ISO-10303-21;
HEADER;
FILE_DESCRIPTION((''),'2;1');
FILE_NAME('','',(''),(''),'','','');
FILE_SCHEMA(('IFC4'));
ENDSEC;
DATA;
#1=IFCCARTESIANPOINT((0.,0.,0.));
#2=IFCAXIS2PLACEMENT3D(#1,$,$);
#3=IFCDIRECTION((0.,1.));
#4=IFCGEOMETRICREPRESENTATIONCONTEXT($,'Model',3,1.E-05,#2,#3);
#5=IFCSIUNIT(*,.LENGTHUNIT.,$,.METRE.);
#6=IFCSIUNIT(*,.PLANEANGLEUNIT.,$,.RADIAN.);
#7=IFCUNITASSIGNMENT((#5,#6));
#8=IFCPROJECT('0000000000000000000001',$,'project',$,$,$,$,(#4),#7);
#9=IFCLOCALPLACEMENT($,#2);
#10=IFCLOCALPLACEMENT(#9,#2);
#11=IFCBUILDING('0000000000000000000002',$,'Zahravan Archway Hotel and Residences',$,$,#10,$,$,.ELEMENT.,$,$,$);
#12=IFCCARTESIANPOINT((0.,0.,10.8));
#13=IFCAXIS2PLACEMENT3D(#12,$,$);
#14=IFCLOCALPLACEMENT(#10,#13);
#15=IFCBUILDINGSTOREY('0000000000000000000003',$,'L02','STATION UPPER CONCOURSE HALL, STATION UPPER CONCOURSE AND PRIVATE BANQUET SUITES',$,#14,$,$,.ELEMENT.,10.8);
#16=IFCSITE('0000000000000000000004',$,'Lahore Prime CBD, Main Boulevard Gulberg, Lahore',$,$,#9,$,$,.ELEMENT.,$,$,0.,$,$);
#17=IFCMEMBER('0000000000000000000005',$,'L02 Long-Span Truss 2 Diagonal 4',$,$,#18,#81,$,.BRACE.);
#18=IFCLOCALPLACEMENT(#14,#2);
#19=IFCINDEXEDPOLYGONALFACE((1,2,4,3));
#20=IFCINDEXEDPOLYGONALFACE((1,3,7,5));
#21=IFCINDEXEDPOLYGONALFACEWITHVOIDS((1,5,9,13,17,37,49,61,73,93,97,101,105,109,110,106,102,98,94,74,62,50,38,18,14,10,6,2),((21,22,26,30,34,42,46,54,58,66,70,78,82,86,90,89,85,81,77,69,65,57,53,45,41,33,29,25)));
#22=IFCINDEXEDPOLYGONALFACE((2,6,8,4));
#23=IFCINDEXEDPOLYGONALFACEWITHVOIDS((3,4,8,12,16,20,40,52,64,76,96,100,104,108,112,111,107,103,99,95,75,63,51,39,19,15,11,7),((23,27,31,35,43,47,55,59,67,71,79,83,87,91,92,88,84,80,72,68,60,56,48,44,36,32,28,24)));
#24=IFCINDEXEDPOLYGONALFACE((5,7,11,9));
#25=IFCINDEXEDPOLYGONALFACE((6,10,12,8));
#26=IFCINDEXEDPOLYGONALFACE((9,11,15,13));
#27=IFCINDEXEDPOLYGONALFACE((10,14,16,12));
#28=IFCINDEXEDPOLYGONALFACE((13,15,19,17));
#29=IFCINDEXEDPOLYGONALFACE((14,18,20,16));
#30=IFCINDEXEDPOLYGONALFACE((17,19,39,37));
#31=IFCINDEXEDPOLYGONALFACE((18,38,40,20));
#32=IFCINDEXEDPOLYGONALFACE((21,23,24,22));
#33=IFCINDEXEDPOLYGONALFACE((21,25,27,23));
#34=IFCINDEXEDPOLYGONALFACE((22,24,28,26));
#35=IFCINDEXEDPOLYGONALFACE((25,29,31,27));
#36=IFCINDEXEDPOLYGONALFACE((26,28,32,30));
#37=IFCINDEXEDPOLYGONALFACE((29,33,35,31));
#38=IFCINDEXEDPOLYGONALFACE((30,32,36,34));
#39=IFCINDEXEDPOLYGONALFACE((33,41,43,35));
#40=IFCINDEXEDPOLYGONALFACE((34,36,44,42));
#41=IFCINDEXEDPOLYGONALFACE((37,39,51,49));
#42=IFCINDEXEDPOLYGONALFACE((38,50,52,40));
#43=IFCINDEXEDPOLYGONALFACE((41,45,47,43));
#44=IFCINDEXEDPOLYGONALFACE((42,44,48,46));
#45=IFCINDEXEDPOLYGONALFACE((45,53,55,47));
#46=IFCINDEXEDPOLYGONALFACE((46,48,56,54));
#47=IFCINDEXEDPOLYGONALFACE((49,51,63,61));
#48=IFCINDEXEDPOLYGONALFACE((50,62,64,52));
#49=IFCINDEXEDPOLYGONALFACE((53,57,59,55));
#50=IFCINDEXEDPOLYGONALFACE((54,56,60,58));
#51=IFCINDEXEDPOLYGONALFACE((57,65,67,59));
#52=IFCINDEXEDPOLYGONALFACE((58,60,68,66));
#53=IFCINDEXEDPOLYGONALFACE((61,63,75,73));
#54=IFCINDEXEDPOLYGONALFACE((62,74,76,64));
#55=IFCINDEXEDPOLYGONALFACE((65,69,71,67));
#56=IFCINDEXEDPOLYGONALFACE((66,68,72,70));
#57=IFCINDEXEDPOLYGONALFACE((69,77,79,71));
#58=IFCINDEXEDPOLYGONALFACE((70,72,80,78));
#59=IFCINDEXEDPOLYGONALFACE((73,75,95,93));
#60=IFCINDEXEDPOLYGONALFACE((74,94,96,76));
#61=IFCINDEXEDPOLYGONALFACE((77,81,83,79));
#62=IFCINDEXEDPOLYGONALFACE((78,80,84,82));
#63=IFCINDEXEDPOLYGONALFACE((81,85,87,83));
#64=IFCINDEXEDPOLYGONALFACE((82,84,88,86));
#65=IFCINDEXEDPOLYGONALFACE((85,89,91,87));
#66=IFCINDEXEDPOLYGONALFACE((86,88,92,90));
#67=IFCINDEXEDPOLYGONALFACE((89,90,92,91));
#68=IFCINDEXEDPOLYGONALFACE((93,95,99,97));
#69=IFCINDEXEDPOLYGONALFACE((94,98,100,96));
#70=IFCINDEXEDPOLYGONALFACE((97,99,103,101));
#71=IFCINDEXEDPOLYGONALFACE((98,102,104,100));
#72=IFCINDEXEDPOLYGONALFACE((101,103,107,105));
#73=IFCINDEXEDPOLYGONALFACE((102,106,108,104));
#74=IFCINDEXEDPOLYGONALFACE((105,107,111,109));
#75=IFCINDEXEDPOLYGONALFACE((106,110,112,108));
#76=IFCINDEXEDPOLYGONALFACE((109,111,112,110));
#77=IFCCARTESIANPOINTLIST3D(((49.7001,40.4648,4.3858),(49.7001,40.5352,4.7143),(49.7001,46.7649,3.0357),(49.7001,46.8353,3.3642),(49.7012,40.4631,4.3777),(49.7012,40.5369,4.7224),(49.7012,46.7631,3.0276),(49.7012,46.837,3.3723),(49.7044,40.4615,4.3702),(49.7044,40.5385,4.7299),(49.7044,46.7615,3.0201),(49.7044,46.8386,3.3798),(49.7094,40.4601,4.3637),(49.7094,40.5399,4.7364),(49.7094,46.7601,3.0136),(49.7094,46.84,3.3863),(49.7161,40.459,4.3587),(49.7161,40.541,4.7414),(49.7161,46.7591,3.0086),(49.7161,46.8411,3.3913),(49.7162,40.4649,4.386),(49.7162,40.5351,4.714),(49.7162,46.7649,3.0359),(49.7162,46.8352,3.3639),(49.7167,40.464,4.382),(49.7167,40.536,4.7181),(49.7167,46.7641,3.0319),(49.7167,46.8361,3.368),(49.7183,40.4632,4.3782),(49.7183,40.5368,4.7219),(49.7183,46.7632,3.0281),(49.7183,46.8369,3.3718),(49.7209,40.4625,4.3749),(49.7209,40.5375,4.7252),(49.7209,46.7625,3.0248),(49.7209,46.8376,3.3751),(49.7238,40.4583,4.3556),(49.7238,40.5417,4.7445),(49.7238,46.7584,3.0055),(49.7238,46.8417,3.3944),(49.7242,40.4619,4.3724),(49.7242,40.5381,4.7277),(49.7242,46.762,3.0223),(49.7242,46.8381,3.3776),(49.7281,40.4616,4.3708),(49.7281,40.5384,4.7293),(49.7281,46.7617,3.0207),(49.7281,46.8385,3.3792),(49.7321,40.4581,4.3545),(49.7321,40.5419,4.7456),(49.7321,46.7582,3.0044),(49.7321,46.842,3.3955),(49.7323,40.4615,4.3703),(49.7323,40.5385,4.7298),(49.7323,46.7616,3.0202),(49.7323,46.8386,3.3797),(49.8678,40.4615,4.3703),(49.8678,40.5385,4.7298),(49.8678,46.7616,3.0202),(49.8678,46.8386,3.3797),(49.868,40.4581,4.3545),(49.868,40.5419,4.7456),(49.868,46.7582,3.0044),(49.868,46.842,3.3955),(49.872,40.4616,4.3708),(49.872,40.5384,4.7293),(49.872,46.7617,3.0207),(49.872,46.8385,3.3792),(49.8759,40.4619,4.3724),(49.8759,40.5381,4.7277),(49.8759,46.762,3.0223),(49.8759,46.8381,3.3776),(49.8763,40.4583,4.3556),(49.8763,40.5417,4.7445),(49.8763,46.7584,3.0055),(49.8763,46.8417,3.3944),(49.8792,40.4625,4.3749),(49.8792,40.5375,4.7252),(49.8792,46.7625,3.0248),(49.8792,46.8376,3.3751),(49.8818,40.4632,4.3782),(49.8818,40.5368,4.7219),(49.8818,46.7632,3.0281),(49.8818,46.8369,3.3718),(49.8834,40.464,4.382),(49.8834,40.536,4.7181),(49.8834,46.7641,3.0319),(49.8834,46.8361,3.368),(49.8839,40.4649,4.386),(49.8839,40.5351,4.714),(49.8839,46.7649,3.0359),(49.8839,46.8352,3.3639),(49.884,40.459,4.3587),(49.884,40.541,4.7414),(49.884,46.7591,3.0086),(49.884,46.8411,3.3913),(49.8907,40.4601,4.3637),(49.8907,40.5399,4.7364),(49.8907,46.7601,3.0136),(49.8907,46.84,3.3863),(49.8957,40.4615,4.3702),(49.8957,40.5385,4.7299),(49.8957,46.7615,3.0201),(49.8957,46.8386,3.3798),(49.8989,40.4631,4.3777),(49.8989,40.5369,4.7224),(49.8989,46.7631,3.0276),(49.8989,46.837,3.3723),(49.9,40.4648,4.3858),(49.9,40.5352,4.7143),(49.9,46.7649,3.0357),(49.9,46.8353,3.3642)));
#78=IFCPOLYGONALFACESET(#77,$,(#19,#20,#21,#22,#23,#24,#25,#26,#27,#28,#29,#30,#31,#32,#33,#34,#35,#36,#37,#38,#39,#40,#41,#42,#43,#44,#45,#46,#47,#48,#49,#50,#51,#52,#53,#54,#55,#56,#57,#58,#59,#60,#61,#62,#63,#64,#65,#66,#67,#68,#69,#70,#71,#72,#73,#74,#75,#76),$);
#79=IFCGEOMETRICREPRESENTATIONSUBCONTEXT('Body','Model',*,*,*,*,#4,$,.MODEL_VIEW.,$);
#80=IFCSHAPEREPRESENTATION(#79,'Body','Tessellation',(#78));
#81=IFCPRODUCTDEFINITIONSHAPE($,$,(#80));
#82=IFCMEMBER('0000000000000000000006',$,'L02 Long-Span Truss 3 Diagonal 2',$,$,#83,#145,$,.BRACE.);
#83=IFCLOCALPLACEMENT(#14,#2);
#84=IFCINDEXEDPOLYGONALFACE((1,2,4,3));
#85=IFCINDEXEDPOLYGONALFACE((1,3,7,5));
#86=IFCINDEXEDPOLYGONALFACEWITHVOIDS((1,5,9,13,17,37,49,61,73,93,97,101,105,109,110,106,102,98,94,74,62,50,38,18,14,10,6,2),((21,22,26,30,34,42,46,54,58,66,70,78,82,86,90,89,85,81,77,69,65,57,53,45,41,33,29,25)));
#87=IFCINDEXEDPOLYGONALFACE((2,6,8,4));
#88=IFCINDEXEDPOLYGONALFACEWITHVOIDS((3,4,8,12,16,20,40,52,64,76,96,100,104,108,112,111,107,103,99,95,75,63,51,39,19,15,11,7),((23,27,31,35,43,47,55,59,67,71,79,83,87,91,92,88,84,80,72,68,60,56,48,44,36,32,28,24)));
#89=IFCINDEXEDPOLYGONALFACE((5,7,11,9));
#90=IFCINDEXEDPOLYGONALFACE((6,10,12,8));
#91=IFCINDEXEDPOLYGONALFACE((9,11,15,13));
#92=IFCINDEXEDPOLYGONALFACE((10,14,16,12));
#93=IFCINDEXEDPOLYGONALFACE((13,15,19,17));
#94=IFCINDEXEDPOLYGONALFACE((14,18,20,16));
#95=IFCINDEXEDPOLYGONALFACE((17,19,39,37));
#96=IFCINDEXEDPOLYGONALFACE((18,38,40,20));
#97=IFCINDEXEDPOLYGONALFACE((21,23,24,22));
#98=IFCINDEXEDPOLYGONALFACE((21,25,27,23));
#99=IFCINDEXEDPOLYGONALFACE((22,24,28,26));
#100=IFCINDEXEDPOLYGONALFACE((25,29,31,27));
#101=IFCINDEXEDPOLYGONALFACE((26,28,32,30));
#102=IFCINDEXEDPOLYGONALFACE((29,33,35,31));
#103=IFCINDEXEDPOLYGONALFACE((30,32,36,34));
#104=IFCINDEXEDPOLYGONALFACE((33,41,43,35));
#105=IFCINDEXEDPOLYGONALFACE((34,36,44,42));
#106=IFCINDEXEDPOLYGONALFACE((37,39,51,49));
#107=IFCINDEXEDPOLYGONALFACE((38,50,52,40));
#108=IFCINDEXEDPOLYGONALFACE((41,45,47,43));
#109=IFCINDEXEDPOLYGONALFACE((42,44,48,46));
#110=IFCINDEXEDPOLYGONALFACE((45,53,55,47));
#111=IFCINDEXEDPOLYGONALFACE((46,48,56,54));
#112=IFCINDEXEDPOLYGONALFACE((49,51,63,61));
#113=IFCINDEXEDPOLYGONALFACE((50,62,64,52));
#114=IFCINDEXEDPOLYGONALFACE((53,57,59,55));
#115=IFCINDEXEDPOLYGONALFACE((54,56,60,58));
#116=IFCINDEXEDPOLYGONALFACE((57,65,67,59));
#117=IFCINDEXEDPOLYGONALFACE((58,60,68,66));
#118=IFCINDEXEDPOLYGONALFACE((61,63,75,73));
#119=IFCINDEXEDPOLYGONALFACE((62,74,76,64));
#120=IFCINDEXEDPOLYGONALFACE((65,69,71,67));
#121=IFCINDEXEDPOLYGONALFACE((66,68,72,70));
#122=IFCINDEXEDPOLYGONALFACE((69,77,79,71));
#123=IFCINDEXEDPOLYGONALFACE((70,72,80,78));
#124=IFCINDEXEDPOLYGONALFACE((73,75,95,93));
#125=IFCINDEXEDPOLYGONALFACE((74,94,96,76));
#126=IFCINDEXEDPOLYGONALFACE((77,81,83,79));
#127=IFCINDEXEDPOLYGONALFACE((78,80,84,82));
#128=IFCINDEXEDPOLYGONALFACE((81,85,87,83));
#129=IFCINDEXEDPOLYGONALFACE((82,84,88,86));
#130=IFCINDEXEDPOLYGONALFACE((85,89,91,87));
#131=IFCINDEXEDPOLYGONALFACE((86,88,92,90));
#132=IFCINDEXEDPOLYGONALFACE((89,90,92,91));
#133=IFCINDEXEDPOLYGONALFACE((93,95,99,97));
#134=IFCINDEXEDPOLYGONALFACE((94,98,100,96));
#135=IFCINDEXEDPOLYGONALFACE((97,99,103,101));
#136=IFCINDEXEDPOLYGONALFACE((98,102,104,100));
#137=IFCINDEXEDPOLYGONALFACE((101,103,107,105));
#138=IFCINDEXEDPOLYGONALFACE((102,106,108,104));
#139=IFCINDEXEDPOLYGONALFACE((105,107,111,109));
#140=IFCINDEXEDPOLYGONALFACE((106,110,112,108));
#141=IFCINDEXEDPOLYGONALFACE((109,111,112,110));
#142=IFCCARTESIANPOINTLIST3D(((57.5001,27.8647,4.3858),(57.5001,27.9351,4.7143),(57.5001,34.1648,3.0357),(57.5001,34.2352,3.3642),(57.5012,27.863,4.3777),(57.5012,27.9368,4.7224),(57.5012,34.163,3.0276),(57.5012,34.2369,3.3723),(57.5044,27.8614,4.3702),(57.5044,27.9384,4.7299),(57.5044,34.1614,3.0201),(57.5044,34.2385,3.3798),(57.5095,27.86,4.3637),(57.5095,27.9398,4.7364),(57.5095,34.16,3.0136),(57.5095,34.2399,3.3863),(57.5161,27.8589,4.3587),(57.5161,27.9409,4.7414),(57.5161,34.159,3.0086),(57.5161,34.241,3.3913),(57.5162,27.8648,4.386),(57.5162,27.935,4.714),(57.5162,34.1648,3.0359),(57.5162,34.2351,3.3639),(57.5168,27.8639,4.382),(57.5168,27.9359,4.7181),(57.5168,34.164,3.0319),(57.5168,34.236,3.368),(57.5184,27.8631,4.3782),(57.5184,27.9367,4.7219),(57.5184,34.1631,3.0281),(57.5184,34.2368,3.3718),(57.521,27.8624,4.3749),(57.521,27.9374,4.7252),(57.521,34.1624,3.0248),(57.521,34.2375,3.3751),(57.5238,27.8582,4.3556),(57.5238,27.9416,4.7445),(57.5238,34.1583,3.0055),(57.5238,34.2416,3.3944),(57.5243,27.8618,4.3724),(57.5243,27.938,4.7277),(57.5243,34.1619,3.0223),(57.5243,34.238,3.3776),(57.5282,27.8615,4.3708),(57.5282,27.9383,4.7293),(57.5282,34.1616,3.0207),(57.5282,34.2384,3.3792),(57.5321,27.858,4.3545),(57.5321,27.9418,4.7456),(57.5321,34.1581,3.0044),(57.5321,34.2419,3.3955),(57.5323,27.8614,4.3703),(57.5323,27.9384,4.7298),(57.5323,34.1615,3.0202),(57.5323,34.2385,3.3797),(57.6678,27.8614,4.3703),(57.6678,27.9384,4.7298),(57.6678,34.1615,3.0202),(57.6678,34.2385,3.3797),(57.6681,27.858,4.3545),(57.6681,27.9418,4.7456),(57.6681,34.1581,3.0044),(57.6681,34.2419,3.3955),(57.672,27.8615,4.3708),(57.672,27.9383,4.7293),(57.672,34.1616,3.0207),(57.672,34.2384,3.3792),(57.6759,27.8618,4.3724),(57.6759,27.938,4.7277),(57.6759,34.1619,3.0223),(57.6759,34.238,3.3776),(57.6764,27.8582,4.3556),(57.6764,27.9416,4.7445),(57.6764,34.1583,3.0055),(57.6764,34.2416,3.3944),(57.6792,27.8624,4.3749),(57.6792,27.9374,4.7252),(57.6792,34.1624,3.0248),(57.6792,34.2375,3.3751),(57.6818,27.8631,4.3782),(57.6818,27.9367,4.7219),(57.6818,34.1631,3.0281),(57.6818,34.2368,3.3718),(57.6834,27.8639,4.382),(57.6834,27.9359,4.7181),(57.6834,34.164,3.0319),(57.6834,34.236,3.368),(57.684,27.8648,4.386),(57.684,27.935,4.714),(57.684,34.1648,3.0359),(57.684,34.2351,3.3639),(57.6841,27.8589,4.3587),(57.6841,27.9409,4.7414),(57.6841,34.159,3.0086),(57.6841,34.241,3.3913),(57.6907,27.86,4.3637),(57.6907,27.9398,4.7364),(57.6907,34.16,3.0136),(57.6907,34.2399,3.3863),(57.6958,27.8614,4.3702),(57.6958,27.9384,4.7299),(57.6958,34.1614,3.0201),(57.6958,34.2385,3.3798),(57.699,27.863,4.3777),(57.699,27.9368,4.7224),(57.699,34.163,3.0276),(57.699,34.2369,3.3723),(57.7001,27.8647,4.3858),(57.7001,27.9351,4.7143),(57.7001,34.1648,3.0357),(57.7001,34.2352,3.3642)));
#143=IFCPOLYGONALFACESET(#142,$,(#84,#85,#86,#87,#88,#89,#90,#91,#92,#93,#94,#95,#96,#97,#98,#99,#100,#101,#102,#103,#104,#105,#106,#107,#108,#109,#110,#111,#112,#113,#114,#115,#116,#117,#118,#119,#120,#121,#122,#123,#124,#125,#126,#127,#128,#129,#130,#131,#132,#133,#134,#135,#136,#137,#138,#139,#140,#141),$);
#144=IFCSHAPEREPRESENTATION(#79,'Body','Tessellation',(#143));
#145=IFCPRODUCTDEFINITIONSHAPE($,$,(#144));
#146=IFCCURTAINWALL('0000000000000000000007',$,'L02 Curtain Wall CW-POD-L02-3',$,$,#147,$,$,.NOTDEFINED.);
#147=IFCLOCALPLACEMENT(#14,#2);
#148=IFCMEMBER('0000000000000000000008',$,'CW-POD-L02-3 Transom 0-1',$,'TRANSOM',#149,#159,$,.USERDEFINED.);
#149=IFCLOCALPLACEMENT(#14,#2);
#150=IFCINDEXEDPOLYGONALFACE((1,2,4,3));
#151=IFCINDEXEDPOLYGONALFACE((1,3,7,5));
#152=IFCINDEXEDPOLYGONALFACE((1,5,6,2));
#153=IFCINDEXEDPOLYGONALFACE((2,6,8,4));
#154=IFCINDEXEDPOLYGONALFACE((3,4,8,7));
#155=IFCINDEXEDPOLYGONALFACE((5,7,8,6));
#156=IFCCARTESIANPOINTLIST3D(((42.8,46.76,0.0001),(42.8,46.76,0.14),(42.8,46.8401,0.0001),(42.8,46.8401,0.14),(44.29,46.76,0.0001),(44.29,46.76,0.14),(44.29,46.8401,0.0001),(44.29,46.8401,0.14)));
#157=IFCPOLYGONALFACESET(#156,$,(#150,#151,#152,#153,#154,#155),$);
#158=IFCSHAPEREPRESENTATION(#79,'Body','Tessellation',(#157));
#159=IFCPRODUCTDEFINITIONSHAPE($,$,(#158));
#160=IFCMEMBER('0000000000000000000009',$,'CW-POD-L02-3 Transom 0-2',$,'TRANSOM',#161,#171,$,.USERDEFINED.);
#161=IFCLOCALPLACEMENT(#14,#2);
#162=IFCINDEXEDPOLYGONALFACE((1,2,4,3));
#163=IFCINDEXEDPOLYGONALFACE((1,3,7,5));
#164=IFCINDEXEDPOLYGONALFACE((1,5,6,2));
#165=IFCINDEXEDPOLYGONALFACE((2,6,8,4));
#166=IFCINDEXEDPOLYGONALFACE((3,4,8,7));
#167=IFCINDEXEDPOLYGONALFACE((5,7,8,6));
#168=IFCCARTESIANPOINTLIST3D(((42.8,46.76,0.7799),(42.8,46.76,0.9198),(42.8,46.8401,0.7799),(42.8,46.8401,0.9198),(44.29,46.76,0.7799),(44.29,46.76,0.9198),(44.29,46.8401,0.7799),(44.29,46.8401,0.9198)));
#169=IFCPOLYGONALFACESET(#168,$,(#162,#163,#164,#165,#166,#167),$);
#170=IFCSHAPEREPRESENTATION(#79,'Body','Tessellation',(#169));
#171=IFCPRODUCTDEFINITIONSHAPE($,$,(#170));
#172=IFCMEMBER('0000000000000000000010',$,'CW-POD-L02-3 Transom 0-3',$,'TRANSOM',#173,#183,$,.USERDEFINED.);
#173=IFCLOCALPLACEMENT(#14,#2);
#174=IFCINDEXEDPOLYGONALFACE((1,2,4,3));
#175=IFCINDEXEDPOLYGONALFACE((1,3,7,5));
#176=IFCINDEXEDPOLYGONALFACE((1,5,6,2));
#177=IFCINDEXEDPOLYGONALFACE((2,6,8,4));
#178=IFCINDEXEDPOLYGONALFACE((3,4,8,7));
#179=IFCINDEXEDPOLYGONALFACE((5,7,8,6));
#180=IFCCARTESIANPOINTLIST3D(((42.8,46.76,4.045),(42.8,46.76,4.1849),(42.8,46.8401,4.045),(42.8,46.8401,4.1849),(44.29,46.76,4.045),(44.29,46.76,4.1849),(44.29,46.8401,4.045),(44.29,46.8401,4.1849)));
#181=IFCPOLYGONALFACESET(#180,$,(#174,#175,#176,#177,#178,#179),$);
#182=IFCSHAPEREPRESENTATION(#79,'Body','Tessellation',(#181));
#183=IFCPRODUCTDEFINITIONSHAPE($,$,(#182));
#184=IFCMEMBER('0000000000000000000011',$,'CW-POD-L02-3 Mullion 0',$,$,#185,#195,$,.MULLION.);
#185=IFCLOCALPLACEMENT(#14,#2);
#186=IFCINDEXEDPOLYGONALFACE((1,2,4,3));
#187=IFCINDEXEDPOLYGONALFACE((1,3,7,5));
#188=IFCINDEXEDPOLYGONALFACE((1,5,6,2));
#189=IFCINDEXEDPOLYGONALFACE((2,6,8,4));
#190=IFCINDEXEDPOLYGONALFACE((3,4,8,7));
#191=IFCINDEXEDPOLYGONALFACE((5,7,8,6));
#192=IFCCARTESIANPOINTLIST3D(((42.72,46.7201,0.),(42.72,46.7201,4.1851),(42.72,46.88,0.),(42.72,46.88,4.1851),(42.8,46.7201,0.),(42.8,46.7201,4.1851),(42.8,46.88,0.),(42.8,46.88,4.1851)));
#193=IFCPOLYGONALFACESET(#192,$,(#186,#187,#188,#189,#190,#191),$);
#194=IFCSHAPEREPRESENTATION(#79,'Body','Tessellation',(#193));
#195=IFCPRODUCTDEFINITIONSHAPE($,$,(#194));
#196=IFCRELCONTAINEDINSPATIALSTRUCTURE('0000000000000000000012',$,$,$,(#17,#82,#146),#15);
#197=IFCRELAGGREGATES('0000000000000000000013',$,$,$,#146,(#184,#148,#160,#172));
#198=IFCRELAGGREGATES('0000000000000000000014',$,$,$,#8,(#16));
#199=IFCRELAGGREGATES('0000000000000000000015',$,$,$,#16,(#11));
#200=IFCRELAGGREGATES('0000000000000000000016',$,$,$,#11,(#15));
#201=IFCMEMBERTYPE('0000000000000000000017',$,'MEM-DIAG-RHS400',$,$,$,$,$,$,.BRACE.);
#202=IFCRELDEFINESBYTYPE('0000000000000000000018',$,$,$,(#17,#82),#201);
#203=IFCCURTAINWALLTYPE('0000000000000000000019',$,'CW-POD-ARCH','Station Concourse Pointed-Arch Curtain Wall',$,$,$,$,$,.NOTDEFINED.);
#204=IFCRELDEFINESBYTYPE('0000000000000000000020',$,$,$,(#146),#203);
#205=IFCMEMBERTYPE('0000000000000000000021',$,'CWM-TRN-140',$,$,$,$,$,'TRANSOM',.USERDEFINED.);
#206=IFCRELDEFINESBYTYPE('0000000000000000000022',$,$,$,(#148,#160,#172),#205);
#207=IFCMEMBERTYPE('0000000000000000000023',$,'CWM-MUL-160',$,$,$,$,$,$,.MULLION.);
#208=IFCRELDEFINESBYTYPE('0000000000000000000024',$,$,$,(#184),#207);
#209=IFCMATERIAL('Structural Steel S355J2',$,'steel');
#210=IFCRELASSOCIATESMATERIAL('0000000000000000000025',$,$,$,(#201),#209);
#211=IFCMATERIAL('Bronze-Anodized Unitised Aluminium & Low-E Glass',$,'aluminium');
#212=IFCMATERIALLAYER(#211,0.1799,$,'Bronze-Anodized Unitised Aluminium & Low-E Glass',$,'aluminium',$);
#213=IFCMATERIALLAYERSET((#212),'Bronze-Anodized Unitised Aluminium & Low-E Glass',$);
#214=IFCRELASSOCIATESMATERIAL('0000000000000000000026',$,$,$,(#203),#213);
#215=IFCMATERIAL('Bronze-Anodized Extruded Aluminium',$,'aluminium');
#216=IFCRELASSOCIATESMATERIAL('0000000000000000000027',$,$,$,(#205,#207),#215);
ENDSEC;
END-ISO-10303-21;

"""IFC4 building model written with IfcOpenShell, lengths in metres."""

from ifc_helpers import new_model, si_unit, direction, frame, origin, origin_2d, place, context, subcontext, project, spatial, rectangle, hollow_rectangle, extrude, source, transform, mapped, material, layer, layer_set, material_profile, profile_set, type_object, element, aggregate, save


model = new_model("IFC4")

# Units and contexts
model_context = context("Model", 3, precision=1e-05, world=origin(), true_north=direction((0.0, 1.0)))
body_context = subcontext(model_context, "Body", "Model", "MODEL_VIEW")
ifc_project = project(units=[si_unit("LENGTHUNIT", "METRE"), si_unit("PLANEANGLEUNIT", "RADIAN")], contexts=[model_context])

# Site, building, storey
site_placement = place(None, origin())
site = spatial("IfcSite", under=ifc_project, at=site_placement, Name="Lahore Prime CBD, Main Boulevard Gulberg, Lahore", CompositionType="ELEMENT", RefElevation=0.0)
building_placement = place(site_placement, origin())
building = spatial("IfcBuilding", under=site, at=building_placement, Name="Zahravan Archway Hotel and Residences", CompositionType="ELEMENT")
storey_placement = place(building_placement, frame((0.0, 0.0, 10.8)))
storey = spatial("IfcBuildingStorey", under=building, at=storey_placement, Name="L02", Description="STATION UPPER CONCOURSE HALL, STATION UPPER CONCOURSE AND PRIVATE BANQUET SUITES", CompositionType="ELEMENT", Elevation=10.8)

# Shared definitions
ifc_material_1 = material(Name="Structural Steel S355J2", Category="steel")

# Members
ifc_material_profile_1 = material_profile(ifc_material_1, hollow_rectangle(XDim=0.2, YDim=0.3999, WallThickness=0.0161, InnerFilletRadius=0.0161, OuterFilletRadius=0.032, at=origin_2d()), Name="RHS 400x200x16", Category="steel")
ifc_profile_set_1 = profile_set([ifc_material_profile_1], Name="Structural Steel S355J2")
member_type_1 = type_object("IfcMemberType", Name="MEM-DIAG-RHS400", PredefinedType="BRACE", material=ifc_profile_set_1)
shared_shape_1 = source(origin(), body_context, "Body", "SweptSolid", [
    extrude(hollow_rectangle(XDim=0.2, YDim=0.3999, WallThickness=0.0161, InnerFilletRadius=0.0161, OuterFilletRadius=0.032, at=origin_2d()), origin(), (0.0, 0.0, 1.0), 6.4431),
])
for number, where, z_axis, x_axis, name in (
    (1, (49.8, 40.5, 4.55), (0.0, 0.9778, -0.209542), (-1.0, 0.0, 0.0), "L02 Long-Span Truss 2 Diagonal 4"),
    (2, (57.6001, 27.8999, 4.55), (0.0, 0.9778, -0.209542), (-1.0, 0.0, 0.0), "L02 Long-Span Truss 3 Diagonal 2"),
):
    element("IfcMember", number, at=place(storey_placement, frame(where, z_axis=z_axis, x_axis=x_axis)), inside=storey, type_object=member_type_1, Name=name, PredefinedType="BRACE", context=body_context, shape_type="MappedRepresentation", body=[
        mapped(shared_shape_1, transform((0.0, 0.0, 0.0), scale=1.0)),
    ])

# Curtain wall, members
ifc_material_2 = material(Name="Bronze-Anodized Unitised Aluminium & Low-E Glass", Category="aluminium")
ifc_layer_1 = layer(ifc_material_2, 0.1799, Name="Bronze-Anodized Unitised Aluminium & Low-E Glass", Category="aluminium")
ifc_layer_set_1 = layer_set([ifc_layer_1], Name="Bronze-Anodized Unitised Aluminium & Low-E Glass")
curtain_wall_type = type_object("IfcCurtainWallType", Name="CW-POD-ARCH", Description="Station Concourse Pointed-Arch Curtain Wall", PredefinedType="NOTDEFINED", material=ifc_layer_set_1)
curtain_wall_placement = place(storey_placement, origin())
curtain_wall = element("IfcCurtainWall", 3, at=curtain_wall_placement, inside=storey, type_object=curtain_wall_type, Name="L02 Curtain Wall CW-POD-L02-3", PredefinedType="NOTDEFINED")
ifc_material_3 = material(Name="Bronze-Anodized Extruded Aluminium", Category="aluminium")
ifc_material_profile_2 = material_profile(ifc_material_3, rectangle(XDim=0.0801, YDim=0.1399, at=origin_2d()), Name="TRN 80x140", Category="aluminium")
ifc_profile_set_2 = profile_set([ifc_material_profile_2], Name="Bronze-Anodized Extruded Aluminium")
member_type_2 = type_object("IfcMemberType", Name="CWM-TRN-140", ElementType="TRANSOM", PredefinedType="USERDEFINED", material=ifc_profile_set_2)
shared_shape_2 = source(origin(), body_context, "Body", "SweptSolid", [
    extrude(rectangle(XDim=0.0801, YDim=0.1399, at=origin_2d()), origin(), (0.0, 0.0, 1.0), 1.49),
])
member_1_placement = place(storey_placement, frame((42.8, 46.8, 0.0701), z_axis=(1.0, 0.0, 0.0), x_axis=(0.0, 1.0, 0.0)))
member_1 = element("IfcMember", 4, at=member_1_placement, type_object=member_type_2, Name="CW-POD-L02-3 Transom 0-1", ObjectType="TRANSOM", PredefinedType="USERDEFINED", context=body_context, shape_type="MappedRepresentation", body=[
    mapped(shared_shape_2, transform((0.0, 0.0, 0.0), scale=1.0)),
])
member_2_placement = place(storey_placement, frame((42.8, 46.8, 0.8499), z_axis=(1.0, 0.0, 0.0), x_axis=(0.0, 1.0, 0.0)))
member_2 = element("IfcMember", 5, at=member_2_placement, type_object=member_type_2, Name="CW-POD-L02-3 Transom 0-2", ObjectType="TRANSOM", PredefinedType="USERDEFINED", context=body_context, shape_type="MappedRepresentation", body=[
    mapped(shared_shape_2, transform((0.0, 0.0, 0.0), scale=1.0)),
])
member_3_placement = place(storey_placement, frame((42.8, 46.8, 4.115), z_axis=(1.0, 0.0, 0.0), x_axis=(0.0, 1.0, 0.0)))
member_3 = element("IfcMember", 6, at=member_3_placement, type_object=member_type_2, Name="CW-POD-L02-3 Transom 0-3", ObjectType="TRANSOM", PredefinedType="USERDEFINED", context=body_context, shape_type="MappedRepresentation", body=[
    mapped(shared_shape_2, transform((0.0, 0.0, 0.0), scale=1.0)),
])
ifc_material_profile_3 = material_profile(ifc_material_3, rectangle(XDim=0.0801, YDim=0.1599, at=origin_2d()), Name="MUL 80x160", Category="aluminium")
ifc_profile_set_3 = profile_set([ifc_material_profile_3], Name="Bronze-Anodized Extruded Aluminium")
member_type_3 = type_object("IfcMemberType", Name="CWM-MUL-160", PredefinedType="MULLION", material=ifc_profile_set_3)
shared_shape_3 = source(origin(), body_context, "Body", "SweptSolid", [
    extrude(rectangle(XDim=0.0801, YDim=0.1599, at=origin_2d()), origin(), (0.0, 0.0, 1.0), 4.1851),
])
member_4_placement = place(storey_placement, frame((42.76, 46.8, 0.0), z_axis=(0.0, 0.0, 1.0), x_axis=(1.0, 0.0, 0.0)))
member_4 = element("IfcMember", 7, at=member_4_placement, type_object=member_type_3, Name="CW-POD-L02-3 Mullion 0", PredefinedType="MULLION", context=body_context, shape_type="MappedRepresentation", body=[
    mapped(shared_shape_3, transform((0.0, 0.0, 0.0), scale=1.0)),
])
aggregate(curtain_wall, [member_4, member_1, member_2, member_3])

save(model, "model.ifc")
